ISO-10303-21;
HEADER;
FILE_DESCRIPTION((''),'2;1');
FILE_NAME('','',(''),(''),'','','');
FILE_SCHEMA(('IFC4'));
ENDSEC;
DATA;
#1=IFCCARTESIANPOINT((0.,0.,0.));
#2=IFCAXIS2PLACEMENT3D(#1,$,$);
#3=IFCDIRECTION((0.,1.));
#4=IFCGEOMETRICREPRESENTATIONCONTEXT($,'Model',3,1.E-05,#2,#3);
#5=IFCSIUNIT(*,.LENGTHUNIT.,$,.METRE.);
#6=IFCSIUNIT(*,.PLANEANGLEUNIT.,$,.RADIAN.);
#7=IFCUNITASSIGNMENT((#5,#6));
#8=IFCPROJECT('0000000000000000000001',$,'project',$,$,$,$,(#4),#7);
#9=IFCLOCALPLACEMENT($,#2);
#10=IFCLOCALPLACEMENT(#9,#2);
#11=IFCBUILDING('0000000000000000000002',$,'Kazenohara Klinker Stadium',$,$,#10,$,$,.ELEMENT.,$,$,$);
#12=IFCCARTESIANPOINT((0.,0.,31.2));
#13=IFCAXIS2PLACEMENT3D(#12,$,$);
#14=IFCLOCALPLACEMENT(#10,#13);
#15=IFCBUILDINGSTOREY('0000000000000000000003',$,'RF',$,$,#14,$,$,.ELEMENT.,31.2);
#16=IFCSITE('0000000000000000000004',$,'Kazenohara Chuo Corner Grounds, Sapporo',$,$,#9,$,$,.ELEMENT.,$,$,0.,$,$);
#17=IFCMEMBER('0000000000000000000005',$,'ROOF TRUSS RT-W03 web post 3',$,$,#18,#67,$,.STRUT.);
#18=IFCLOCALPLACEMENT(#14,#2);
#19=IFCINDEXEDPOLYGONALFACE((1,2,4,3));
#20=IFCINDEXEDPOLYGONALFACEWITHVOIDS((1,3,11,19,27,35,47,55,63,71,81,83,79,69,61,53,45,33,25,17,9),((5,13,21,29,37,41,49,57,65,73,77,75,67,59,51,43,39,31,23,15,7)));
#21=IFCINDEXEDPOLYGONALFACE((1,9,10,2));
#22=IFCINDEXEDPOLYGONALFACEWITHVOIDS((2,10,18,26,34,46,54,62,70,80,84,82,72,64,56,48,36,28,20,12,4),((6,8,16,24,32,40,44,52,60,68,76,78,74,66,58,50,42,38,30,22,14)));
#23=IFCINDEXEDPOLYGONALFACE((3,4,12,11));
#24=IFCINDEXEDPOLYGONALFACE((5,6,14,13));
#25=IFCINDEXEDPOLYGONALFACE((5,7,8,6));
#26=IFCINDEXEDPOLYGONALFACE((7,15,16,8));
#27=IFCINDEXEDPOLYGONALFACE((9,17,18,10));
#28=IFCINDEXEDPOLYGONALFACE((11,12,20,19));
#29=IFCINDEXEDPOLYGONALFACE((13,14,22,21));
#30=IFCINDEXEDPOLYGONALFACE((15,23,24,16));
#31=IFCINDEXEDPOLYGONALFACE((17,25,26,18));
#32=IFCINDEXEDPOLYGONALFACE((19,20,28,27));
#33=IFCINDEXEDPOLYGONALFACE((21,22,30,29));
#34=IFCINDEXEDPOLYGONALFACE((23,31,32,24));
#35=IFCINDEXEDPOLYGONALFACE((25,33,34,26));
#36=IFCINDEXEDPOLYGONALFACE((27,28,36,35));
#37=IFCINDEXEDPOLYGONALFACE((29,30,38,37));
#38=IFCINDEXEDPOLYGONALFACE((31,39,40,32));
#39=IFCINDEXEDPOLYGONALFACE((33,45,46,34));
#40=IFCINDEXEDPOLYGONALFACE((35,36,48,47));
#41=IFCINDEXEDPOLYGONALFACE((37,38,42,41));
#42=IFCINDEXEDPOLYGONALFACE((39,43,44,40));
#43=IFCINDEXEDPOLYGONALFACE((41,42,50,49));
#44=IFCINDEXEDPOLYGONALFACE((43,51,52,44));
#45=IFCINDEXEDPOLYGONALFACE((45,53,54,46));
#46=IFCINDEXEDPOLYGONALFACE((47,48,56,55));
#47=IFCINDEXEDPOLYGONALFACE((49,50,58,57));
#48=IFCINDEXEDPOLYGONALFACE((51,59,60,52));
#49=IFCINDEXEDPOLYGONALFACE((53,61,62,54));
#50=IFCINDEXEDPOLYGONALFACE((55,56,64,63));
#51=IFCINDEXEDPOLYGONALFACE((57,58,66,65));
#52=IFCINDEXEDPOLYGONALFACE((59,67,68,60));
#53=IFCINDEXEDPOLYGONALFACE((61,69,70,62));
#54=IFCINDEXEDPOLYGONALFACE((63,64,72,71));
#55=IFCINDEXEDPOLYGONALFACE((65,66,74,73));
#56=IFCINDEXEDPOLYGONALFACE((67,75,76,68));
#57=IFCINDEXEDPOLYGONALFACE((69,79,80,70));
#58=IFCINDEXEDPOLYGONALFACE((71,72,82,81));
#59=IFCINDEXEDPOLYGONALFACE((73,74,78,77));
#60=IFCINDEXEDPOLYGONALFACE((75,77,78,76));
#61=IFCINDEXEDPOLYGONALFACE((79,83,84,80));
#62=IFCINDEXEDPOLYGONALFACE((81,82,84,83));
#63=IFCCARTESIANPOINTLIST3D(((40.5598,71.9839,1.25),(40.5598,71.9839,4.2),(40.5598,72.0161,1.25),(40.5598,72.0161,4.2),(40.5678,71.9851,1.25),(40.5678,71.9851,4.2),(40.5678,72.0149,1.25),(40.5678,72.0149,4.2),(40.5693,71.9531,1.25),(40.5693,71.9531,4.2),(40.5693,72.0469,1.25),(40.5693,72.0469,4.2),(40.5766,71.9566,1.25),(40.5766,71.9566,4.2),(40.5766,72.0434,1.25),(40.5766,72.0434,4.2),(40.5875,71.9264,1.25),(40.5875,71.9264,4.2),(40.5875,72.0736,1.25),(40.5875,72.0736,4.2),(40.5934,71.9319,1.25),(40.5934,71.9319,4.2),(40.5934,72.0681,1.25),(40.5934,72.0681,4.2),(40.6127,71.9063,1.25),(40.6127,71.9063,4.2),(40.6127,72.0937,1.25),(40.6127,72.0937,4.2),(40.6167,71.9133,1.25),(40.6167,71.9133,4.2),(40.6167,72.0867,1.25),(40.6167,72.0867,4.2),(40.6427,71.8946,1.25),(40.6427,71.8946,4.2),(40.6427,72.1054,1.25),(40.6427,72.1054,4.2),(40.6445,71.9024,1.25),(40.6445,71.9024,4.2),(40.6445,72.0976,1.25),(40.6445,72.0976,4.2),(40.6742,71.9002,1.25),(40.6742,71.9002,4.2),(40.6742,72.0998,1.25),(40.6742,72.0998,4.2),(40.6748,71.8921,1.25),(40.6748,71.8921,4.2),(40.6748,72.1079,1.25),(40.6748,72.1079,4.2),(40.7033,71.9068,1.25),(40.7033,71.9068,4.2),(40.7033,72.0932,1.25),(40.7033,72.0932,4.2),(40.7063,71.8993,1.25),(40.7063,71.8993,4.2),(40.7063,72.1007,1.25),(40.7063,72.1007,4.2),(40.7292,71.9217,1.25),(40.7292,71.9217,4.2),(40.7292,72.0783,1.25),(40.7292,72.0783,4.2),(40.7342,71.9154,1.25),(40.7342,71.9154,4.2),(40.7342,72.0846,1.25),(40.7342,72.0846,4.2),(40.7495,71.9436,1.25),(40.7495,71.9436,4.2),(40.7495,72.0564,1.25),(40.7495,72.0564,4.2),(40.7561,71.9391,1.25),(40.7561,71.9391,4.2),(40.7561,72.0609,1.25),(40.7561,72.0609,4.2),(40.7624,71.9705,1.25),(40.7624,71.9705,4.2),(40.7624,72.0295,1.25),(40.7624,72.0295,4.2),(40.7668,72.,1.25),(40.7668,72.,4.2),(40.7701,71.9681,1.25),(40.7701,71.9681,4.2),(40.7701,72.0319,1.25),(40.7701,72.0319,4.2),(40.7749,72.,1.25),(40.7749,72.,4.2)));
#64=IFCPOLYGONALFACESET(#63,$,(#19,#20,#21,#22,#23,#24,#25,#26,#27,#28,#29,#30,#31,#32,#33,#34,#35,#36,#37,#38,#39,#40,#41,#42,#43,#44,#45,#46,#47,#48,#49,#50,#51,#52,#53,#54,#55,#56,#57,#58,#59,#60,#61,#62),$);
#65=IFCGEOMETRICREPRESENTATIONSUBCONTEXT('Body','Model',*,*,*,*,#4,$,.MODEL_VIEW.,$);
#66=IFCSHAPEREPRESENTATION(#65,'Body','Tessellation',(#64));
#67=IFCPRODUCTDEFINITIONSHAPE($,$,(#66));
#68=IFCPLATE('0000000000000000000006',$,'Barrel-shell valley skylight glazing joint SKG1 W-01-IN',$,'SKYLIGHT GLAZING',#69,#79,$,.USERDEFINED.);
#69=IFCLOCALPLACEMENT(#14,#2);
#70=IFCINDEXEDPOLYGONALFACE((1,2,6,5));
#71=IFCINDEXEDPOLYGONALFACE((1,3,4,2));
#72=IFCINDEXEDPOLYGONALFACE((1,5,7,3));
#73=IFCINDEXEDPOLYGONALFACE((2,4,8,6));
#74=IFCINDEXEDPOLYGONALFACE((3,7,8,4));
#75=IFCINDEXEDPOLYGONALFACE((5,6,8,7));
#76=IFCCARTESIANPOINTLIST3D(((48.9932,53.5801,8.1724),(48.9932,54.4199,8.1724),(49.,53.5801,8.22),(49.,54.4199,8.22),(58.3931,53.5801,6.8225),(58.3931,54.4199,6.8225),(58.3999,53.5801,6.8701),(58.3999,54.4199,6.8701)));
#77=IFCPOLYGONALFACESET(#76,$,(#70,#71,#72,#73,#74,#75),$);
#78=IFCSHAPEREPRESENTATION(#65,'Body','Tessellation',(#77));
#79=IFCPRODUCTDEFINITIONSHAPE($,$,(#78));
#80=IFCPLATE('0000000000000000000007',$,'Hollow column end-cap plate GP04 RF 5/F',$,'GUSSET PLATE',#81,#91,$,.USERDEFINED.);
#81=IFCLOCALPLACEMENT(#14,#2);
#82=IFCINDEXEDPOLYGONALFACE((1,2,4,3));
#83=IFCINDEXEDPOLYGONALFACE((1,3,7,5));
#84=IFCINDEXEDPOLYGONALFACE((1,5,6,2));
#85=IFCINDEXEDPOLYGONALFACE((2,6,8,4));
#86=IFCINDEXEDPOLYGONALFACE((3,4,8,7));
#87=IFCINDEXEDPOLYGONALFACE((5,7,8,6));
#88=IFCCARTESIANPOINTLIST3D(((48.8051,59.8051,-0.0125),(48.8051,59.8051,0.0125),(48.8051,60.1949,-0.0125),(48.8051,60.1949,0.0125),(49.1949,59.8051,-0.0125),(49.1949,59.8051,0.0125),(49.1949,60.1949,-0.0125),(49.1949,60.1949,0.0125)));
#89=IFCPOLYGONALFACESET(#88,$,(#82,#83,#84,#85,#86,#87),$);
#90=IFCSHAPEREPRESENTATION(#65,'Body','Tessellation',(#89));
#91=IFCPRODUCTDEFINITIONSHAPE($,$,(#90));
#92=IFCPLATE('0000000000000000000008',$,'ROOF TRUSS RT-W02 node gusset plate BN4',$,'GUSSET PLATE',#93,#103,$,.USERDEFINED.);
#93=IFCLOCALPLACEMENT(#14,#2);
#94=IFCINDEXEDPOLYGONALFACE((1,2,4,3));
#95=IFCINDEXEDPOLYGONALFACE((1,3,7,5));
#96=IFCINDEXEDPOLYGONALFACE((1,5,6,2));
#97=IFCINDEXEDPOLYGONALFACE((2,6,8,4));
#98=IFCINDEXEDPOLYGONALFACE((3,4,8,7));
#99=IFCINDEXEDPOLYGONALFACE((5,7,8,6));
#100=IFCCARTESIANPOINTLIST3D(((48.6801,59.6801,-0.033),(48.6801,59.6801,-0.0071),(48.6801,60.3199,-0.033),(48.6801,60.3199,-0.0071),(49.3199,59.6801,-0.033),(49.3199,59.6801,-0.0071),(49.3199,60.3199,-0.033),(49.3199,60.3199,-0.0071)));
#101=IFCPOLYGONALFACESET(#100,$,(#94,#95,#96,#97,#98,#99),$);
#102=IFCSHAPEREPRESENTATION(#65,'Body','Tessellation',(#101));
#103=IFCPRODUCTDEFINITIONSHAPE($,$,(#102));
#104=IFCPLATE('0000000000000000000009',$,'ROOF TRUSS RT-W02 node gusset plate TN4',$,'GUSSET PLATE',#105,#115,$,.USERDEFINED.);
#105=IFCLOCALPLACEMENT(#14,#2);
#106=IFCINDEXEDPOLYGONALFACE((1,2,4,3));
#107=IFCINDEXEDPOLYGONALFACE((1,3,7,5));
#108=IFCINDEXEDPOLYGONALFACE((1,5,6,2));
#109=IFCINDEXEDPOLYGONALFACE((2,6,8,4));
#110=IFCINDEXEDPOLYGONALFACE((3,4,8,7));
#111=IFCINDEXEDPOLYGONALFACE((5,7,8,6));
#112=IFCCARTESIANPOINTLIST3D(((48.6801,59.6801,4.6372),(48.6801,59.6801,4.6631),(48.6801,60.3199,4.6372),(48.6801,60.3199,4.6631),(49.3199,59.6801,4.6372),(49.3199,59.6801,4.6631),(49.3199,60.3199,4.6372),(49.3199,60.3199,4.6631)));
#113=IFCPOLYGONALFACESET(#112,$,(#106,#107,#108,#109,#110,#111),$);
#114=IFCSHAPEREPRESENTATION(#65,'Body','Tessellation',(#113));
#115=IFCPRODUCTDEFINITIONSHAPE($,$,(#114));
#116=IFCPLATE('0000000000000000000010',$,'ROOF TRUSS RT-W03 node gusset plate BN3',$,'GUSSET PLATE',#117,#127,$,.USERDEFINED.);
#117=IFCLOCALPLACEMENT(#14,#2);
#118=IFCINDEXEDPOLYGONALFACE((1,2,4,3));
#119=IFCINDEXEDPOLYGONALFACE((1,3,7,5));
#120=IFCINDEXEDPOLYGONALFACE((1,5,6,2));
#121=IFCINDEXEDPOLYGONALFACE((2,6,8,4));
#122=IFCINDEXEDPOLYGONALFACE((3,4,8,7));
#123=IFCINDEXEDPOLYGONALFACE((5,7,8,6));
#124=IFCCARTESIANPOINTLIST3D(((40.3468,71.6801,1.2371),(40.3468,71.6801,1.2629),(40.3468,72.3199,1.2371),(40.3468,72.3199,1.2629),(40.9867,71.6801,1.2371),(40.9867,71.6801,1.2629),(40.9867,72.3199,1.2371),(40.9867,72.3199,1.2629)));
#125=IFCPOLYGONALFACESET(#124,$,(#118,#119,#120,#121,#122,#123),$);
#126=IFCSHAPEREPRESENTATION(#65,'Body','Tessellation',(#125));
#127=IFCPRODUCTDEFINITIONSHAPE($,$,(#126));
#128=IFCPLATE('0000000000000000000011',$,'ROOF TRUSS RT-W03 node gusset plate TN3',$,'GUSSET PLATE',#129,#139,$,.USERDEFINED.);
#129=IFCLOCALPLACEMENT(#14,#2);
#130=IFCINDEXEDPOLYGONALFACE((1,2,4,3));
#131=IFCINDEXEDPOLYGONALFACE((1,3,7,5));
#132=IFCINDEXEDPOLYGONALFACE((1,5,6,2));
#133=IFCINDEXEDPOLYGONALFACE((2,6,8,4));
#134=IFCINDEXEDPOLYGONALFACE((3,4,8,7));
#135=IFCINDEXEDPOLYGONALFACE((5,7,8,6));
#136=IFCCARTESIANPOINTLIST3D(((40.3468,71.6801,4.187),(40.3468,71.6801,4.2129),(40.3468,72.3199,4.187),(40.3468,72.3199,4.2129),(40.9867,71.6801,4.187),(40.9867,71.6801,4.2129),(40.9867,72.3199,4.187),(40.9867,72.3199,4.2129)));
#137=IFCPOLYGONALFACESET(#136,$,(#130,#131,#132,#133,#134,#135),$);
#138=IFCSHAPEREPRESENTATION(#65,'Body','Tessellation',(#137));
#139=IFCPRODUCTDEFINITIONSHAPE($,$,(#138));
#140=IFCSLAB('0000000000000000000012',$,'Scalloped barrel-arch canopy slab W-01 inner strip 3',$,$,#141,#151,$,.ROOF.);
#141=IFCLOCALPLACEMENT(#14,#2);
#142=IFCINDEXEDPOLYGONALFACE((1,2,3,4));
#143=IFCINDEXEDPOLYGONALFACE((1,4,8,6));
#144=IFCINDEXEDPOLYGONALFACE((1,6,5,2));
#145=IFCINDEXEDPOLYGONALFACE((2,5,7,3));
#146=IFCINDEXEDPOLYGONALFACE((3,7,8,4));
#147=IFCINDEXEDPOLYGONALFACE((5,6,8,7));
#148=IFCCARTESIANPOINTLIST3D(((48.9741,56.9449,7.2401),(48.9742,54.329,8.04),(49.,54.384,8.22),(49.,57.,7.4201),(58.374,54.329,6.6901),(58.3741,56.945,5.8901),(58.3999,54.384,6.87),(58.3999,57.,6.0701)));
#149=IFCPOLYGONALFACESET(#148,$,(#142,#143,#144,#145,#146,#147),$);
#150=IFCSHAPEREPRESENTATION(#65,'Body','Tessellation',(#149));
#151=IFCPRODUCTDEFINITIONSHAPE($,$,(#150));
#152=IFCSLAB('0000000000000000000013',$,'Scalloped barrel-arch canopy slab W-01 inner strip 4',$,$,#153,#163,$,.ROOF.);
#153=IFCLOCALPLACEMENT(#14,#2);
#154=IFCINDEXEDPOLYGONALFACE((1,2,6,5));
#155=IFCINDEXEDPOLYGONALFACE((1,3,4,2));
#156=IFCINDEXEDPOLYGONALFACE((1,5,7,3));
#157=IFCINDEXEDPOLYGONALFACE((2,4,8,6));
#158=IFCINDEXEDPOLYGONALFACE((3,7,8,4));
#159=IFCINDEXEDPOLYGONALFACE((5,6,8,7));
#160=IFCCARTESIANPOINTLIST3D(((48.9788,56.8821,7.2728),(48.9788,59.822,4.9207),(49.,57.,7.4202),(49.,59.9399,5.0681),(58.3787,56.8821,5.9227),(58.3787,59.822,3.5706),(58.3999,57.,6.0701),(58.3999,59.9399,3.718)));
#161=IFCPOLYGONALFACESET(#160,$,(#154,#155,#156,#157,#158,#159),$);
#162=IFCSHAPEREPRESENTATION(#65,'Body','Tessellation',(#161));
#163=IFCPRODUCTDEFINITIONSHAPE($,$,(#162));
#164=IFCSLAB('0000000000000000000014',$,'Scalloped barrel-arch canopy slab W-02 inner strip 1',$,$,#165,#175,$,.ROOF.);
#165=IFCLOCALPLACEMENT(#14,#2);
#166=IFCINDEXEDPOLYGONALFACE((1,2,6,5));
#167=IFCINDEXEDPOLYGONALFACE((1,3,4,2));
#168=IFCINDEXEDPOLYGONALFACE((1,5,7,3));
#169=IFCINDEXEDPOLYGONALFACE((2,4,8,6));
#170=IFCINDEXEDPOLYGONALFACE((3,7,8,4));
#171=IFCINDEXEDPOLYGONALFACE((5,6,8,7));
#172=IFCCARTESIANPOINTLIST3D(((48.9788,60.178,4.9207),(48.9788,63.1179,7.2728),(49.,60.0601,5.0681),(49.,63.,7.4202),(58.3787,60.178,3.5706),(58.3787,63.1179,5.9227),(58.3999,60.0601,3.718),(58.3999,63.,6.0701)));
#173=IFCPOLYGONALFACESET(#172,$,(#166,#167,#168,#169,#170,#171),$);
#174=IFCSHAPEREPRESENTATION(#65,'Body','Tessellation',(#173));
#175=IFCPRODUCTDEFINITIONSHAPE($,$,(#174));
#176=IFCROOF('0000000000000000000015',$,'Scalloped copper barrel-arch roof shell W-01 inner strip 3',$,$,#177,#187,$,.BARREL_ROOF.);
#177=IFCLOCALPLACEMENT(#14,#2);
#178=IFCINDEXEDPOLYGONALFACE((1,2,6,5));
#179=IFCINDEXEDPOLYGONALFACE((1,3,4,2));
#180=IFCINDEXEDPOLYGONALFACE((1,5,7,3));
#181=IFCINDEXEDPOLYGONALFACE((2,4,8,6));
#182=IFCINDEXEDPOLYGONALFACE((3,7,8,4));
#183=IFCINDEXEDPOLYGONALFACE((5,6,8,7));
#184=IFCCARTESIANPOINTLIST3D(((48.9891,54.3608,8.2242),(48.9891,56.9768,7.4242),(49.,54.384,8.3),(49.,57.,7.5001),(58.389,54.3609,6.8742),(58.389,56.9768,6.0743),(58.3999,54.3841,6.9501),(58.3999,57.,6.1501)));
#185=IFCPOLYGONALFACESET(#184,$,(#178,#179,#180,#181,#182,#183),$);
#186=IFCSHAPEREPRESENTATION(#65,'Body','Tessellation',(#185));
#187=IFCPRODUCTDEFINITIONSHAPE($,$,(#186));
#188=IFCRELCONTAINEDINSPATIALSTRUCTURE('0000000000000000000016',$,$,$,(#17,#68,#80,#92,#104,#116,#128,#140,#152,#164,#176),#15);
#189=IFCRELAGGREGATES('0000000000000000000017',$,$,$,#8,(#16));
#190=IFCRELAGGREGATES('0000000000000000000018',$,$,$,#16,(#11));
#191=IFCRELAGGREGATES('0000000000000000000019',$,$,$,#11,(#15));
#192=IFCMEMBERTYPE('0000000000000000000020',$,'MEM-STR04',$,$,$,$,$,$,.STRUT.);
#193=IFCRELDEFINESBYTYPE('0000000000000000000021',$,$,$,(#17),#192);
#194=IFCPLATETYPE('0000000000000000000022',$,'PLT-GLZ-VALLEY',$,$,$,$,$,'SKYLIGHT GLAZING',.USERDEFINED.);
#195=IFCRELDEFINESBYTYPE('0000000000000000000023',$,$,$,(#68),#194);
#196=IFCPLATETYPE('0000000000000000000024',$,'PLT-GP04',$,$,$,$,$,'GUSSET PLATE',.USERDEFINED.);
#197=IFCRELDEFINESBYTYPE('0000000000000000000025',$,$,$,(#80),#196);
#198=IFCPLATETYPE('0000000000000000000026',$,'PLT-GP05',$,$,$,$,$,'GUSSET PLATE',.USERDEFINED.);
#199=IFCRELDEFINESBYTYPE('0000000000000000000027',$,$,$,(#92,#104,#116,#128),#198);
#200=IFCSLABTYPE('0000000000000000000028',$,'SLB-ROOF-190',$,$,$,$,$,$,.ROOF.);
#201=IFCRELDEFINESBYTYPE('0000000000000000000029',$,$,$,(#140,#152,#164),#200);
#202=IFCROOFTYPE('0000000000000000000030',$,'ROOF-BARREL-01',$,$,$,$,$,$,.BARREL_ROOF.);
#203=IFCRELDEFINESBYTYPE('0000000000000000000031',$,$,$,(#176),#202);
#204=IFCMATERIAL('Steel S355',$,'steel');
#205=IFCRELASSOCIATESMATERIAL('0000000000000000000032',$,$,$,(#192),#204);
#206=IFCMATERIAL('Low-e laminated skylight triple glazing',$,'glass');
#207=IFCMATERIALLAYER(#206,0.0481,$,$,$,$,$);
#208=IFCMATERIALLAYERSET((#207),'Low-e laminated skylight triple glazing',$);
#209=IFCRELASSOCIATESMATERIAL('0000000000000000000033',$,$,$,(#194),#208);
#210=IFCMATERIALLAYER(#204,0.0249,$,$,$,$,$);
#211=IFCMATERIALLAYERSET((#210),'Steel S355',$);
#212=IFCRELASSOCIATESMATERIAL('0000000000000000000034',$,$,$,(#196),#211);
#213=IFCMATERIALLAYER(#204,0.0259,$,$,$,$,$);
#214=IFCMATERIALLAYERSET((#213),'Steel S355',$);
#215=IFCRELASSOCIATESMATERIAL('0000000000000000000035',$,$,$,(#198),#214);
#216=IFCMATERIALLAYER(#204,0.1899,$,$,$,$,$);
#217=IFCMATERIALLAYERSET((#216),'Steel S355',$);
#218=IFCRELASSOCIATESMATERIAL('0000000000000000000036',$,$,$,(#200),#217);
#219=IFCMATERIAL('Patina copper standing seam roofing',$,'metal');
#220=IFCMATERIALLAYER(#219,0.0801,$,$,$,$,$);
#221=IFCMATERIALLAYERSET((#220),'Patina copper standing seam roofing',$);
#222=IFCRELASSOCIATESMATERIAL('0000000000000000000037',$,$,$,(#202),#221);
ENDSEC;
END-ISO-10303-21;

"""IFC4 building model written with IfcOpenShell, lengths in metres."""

from ifc_helpers import new_model, si_unit, direction, frame, origin, origin_2d, place, context, subcontext, project, spatial, polyline, rectangle, hollow_circle, outline, extrude, material, layer, layer_set, material_profile, profile_set, type_object, element, save


model = new_model("IFC4")

# Units and contexts
model_context = context("Model", 3, precision=1e-05, world=origin(), true_north=direction((0.0, 1.0)))
body_context = subcontext(model_context, "Body", "Model", "MODEL_VIEW")
ifc_project = project(units=[si_unit("LENGTHUNIT", "METRE"), si_unit("PLANEANGLEUNIT", "RADIAN")], contexts=[model_context])

# Site, building, storey
site_placement = place(None, origin())
site = spatial("IfcSite", under=ifc_project, at=site_placement, Name="Kazenohara Chuo Corner Grounds, Sapporo", CompositionType="ELEMENT", RefElevation=0.0)
building_placement = place(site_placement, origin())
building = spatial("IfcBuilding", under=site, at=building_placement, Name="Kazenohara Klinker Stadium", CompositionType="ELEMENT")
storey_placement = place(building_placement, frame((0.0, 0.0, 31.2)))
storey = spatial("IfcBuildingStorey", under=building, at=storey_placement, Name="RF", CompositionType="ELEMENT", Elevation=31.2)

# Member
ifc_material_1 = material(Name="Steel S355", Category="steel")
ifc_material_profile_1 = material_profile(ifc_material_1, hollow_circle(Radius=0.1082, WallThickness=0.0081, at=origin_2d()), Name="CHS-216.3x8")
ifc_profile_set_1 = profile_set([ifc_material_profile_1], Name="Steel S355")
member_type_1 = type_object("IfcMemberType", Name="MEM-STR04", PredefinedType="STRUT", material=ifc_profile_set_1)
member_1_placement = place(storey_placement, frame((40.6667, 72.0, 1.25), z_axis=(0.0, 0.0, 1.0), x_axis=(1.0, 0.0, 0.0)))
element("IfcMember", 1, at=member_1_placement, inside=storey, type_object=member_type_1, Name="ROOF TRUSS RT-W03 web post 3", PredefinedType="STRUT", context=body_context, shape_type="SweptSolid", body=[
    extrude(hollow_circle(Radius=0.1082, WallThickness=0.0081, at=origin_2d()), origin(), (0.0, 0.0, 1.0), 2.95),
])

# Plates
ifc_material_2 = material(Name="Low-e laminated skylight triple glazing", Category="glass")
ifc_layer_1 = layer(ifc_material_2, 0.0481)
ifc_layer_set_1 = layer_set([ifc_layer_1], Name="Low-e laminated skylight triple glazing")
plate_type_1 = type_object("IfcPlateType", Name="PLT-GLZ-VALLEY", ElementType="SKYLIGHT GLAZING", PredefinedType="USERDEFINED", material=ifc_layer_set_1)
plate_1_placement = place(storey_placement, frame((49.0, 53.5801, 8.22), z_axis=(0.142145, 0.0, 0.989846), x_axis=(0.989846, 0.0, -0.142145)))
element("IfcPlate", 2, at=plate_1_placement, inside=storey, type_object=plate_type_1, Name="Barrel-shell valley skylight glazing joint SKG1 W-01-IN", ObjectType="SKYLIGHT GLAZING", PredefinedType="USERDEFINED", context=body_context, shape_type="SweptSolid", body=[
    extrude(outline(polyline([(0.0, 0.0), (9.4963, 0.0), (9.4963, 0.8398), (0.0, 0.8398), (0.0, 0.0)])), origin(), (0.0, 0.0, -1.0), 0.0481),
])
ifc_layer_2 = layer(ifc_material_1, 0.0249)
ifc_layer_set_2 = layer_set([ifc_layer_2], Name="Steel S355")
plate_type_2 = type_object("IfcPlateType", Name="PLT-GP04", ElementType="GUSSET PLATE", PredefinedType="USERDEFINED", material=ifc_layer_set_2)
plate_2_placement = place(storey_placement, frame((49.0, 60.0, -0.0125), z_axis=(0.0, 0.0, 1.0), x_axis=(1.0, 0.0, 0.0)))
element("IfcPlate", 3, at=plate_2_placement, inside=storey, type_object=plate_type_2, Name="Hollow column end-cap plate GP04 RF 5/F", ObjectType="GUSSET PLATE", PredefinedType="USERDEFINED", context=body_context, shape_type="SweptSolid", body=[
    extrude(rectangle(XDim=0.3899, YDim=0.3899, at=origin_2d()), origin(), (0.0, 0.0, 1.0), 0.0249),
])
ifc_layer_3 = layer(ifc_material_1, 0.0259)
ifc_layer_set_3 = layer_set([ifc_layer_3], Name="Steel S355")
plate_type_3 = type_object("IfcPlateType", Name="PLT-GP05", ElementType="GUSSET PLATE", PredefinedType="USERDEFINED", material=ifc_layer_set_3)
for number, where, z_axis, x_axis, name in (
    (4, (49.0, 60.0, -0.033), (0.0, 0.0, 1.0), (1.0, 0.0, 0.0), "ROOF TRUSS RT-W02 node gusset plate BN4"),
    (5, (49.0, 60.0, 4.6372), (0.0, 0.0, 1.0), (1.0, 0.0, 0.0), "ROOF TRUSS RT-W02 node gusset plate TN4"),
    (6, (40.6667, 72.0, 1.2371), (0.0, 0.0, 1.0), (1.0, 0.0, 0.0), "ROOF TRUSS RT-W03 node gusset plate BN3"),
    (7, (40.6667, 72.0, 4.187), (0.0, 0.0, 1.0), (1.0, 0.0, 0.0), "ROOF TRUSS RT-W03 node gusset plate TN3"),
):
    element("IfcPlate", number, at=place(storey_placement, frame(where, z_axis=z_axis, x_axis=x_axis)), inside=storey, type_object=plate_type_3, Name=name, ObjectType="GUSSET PLATE", PredefinedType="USERDEFINED", context=body_context, shape_type="SweptSolid", body=[
        extrude(rectangle(XDim=0.6399, YDim=0.6399, at=origin_2d()), origin(), (0.0, 0.0, 1.0), 0.0259),
    ])

# Slabs
ifc_layer_4 = layer(ifc_material_1, 0.1899)
ifc_layer_set_4 = layer_set([ifc_layer_4], Name="Steel S355")
slab_type = type_object("IfcSlabType", Name="SLB-ROOF-190", PredefinedType="ROOF", material=ifc_layer_set_4)
slab_1_placement = place(storey_placement, frame((49.0, 54.384, 8.22), z_axis=(0.136061, 0.289701, 0.947397), x_axis=(0.989844, -0.000004, -0.142156)))
element("IfcSlab", 8, at=slab_1_placement, inside=storey, type_object=slab_type, Name="Scalloped barrel-arch canopy slab W-01 inner strip 3", PredefinedType="ROOF", context=body_context, shape_type="SweptSolid", body=[
    extrude(outline(polyline([(0.0, 0.0), (9.4963, 0.0), (9.6101, 2.7332), (0.1137, 2.7331), (0.0, 0.0)])), origin(), (0.0, 0.0, -1.0), 0.1899),
])
slab_2_placement = place(storey_placement, frame((49.0, 57.0, 7.4202), z_axis=(0.111455, 0.620819, 0.775991), x_axis=(0.989842, 0.0, -0.14217)))
element("IfcSlab", 9, at=slab_2_placement, inside=storey, type_object=slab_type, Name="Scalloped barrel-arch canopy slab W-01 inner strip 4", PredefinedType="ROOF", context=body_context, shape_type="SweptSolid", body=[
    extrude(outline(polyline([(0.0, 0.0), (9.4964, 0.0), (9.8308, 3.7501), (0.3344, 3.7501), (0.0, 0.0)])), origin(), (0.0, 0.0, -1.0), 0.1899),
])
slab_3_placement = place(storey_placement, frame((49.0, 60.0601, 5.0681), z_axis=(0.111455, -0.620819, 0.775991), x_axis=(0.989842, 0.0, -0.14217)))
element("IfcSlab", 10, at=slab_3_placement, inside=storey, type_object=slab_type, Name="Scalloped barrel-arch canopy slab W-02 inner strip 1", PredefinedType="ROOF", context=body_context, shape_type="SweptSolid", body=[
    extrude(outline(polyline([(0.0, 0.0), (9.4964, 0.0), (9.162, 3.7501), (-0.3344, 3.7501), (0.0, 0.0)])), origin(), (0.0, 0.0, -1.0), 0.1899),
])

# Roof
ifc_material_3 = material(Name="Patina copper standing seam roofing", Category="metal")
ifc_layer_5 = layer(ifc_material_3, 0.0801)
ifc_layer_set_5 = layer_set([ifc_layer_5], Name="Patina copper standing seam roofing")
roof_type = type_object("IfcRoofType", Name="ROOF-BARREL-01", PredefinedType="BARREL_ROOF", material=ifc_layer_set_5)
roof_1_placement = place(storey_placement, frame((49.0, 54.384, 8.3), z_axis=(0.136061, 0.289701, 0.947397), x_axis=(0.989844, 0.000004, -0.142158)))
element("IfcRoof", 11, at=roof_1_placement, inside=storey, type_object=roof_type, Name="Scalloped copper barrel-arch roof shell W-01 inner strip 3", PredefinedType="BARREL_ROOF", context=body_context, shape_type="SweptSolid", body=[
    extrude(outline(polyline([(0.0, 0.0), (9.4964, 0.0), (9.6101, 2.7331), (0.1137, 2.7332), (0.0, 0.0)])), origin(), (0.0, 0.0, -1.0), 0.0801),
])

save(model, "model.ifc")
